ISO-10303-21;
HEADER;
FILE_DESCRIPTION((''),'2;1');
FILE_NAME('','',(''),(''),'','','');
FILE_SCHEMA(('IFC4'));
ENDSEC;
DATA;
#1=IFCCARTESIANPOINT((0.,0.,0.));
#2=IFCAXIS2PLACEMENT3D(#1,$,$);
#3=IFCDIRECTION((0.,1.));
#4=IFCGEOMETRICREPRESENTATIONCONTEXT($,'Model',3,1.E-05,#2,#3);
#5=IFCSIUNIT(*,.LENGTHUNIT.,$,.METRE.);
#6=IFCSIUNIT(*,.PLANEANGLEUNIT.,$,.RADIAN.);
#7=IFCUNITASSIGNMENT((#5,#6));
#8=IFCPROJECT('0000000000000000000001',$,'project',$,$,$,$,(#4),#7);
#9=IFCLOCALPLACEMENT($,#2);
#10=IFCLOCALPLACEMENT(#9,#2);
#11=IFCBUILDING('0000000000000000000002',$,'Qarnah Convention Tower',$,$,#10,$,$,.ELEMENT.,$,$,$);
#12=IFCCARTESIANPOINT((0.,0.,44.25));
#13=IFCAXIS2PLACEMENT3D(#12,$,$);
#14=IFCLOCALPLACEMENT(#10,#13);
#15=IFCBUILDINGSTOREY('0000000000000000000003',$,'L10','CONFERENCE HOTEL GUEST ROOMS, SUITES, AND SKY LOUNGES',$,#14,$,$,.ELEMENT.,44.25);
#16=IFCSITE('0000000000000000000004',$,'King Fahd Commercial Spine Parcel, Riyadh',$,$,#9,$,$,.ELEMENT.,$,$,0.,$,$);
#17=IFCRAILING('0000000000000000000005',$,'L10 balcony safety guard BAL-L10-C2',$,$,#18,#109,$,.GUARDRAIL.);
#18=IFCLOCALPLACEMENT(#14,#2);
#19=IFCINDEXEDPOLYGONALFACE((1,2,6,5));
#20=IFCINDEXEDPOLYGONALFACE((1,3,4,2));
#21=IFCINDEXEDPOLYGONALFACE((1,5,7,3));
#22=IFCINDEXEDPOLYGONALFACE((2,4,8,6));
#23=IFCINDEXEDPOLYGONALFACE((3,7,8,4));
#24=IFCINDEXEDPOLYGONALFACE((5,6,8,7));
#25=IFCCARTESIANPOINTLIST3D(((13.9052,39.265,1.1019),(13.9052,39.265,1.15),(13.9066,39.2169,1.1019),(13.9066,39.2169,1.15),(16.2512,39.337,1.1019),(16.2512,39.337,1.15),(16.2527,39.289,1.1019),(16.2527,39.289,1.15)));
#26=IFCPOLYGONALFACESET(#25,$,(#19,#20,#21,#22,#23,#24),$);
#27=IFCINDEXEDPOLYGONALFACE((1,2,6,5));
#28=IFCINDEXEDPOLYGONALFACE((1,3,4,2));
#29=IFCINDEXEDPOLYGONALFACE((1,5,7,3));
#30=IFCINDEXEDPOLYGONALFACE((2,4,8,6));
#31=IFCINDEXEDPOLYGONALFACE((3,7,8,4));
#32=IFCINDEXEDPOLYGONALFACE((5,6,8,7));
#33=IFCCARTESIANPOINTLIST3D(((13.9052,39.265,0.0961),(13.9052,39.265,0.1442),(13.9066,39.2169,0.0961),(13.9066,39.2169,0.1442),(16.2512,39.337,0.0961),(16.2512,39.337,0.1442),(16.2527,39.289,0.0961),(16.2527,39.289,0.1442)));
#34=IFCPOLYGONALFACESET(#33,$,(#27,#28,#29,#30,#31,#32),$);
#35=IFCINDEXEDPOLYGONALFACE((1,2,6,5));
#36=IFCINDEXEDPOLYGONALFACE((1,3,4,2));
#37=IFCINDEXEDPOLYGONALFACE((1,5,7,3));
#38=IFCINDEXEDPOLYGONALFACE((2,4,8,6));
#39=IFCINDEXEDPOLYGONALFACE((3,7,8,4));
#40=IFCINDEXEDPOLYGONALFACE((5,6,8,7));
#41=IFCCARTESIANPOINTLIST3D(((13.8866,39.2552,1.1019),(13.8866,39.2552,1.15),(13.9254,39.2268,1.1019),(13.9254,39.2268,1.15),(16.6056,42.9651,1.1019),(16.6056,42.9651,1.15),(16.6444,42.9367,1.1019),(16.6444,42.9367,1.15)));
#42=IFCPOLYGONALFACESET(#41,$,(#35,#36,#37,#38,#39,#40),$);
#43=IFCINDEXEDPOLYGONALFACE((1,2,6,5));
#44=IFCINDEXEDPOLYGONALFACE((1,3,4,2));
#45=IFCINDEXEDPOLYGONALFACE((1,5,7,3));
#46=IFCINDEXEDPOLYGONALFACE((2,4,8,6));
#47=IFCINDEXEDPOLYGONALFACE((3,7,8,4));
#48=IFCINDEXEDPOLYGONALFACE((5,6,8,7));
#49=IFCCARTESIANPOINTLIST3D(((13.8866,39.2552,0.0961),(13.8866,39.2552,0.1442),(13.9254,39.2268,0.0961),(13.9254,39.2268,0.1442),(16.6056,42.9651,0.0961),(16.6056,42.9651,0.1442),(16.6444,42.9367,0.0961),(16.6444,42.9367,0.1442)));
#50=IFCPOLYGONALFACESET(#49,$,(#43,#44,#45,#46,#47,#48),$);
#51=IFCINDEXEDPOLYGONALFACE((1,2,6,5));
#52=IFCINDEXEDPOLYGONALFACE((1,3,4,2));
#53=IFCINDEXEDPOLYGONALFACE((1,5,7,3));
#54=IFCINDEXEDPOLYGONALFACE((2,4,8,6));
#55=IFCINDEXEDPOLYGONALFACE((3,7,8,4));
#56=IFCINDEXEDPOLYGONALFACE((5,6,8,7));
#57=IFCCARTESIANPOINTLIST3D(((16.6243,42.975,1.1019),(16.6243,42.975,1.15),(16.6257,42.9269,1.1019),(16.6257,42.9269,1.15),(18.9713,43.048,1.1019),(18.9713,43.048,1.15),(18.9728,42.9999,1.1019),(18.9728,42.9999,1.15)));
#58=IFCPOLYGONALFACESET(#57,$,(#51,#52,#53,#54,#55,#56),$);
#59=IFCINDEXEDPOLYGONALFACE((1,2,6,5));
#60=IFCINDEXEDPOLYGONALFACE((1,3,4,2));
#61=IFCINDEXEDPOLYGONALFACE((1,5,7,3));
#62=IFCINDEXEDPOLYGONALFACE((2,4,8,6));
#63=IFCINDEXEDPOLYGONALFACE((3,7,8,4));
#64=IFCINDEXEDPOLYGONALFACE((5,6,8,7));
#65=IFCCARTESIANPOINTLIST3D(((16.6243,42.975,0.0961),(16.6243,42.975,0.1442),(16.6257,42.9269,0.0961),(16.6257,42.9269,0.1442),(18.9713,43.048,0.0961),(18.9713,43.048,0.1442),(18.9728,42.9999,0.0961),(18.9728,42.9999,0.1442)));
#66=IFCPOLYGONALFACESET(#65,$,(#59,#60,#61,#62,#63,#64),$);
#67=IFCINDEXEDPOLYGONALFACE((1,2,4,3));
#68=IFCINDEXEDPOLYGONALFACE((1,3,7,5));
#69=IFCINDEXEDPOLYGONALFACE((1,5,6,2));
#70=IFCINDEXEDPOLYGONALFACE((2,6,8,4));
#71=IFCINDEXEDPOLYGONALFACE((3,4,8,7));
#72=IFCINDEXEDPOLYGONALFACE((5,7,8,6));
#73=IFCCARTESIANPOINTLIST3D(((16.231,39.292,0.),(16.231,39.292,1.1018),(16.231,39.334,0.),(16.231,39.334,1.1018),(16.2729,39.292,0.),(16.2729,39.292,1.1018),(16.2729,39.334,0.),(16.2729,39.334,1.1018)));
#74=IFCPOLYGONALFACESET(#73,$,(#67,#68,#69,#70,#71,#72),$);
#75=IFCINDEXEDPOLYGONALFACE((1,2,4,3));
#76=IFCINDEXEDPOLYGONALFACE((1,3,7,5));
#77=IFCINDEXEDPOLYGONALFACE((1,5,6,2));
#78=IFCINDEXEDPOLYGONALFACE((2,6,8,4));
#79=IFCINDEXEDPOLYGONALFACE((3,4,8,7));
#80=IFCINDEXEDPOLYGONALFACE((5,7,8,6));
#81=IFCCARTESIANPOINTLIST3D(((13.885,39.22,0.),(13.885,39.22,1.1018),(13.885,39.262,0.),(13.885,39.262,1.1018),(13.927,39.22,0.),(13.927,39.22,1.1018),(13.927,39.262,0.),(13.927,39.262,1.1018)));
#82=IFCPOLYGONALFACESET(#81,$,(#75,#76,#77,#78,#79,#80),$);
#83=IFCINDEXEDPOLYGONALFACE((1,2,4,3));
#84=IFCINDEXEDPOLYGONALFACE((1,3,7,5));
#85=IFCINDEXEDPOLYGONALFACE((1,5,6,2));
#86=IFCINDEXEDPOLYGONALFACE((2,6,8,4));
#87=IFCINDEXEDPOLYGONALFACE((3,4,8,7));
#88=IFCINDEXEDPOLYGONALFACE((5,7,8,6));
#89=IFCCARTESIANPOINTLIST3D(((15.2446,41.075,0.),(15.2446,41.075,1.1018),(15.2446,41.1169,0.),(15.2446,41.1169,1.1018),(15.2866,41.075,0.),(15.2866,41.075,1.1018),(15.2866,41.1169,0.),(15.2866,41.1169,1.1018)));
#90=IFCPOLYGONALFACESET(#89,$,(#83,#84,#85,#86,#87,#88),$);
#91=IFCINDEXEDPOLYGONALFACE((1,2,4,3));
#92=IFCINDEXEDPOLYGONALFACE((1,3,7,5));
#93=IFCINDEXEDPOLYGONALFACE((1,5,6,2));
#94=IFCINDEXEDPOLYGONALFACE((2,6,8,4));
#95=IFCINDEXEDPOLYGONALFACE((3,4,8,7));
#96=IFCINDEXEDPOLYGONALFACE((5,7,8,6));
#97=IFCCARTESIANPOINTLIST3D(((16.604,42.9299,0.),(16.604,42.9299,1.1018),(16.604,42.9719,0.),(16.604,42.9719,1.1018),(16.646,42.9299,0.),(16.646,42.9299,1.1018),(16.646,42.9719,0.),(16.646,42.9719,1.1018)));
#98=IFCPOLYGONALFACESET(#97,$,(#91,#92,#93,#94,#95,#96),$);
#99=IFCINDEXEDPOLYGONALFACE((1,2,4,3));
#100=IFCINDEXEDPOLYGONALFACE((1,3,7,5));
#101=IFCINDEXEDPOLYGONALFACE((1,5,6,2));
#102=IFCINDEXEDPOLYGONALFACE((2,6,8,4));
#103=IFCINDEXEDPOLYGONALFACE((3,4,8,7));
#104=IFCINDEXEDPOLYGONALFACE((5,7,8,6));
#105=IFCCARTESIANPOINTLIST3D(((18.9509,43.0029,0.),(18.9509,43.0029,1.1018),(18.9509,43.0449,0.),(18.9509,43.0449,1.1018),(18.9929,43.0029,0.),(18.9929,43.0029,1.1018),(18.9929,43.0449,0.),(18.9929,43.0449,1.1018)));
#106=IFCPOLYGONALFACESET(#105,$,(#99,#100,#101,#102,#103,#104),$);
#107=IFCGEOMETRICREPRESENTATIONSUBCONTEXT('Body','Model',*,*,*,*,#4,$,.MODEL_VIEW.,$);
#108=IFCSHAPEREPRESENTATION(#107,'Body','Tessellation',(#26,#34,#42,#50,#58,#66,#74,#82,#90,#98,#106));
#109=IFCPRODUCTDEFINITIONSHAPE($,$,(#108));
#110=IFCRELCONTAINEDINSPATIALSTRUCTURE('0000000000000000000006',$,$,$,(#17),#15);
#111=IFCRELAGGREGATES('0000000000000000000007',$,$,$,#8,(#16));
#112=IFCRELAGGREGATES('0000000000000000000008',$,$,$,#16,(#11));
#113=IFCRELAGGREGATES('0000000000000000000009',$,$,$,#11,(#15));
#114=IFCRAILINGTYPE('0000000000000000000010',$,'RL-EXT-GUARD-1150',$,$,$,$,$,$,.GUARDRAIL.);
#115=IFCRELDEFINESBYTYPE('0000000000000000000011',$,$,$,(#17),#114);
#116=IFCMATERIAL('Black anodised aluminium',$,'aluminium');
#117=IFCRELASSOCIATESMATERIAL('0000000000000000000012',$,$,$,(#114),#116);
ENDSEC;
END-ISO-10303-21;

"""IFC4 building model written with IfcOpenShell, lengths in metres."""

from ifc_helpers import new_model, si_unit, direction, frame, origin, origin_2d, place, context, subcontext, project, spatial, rectangle, extrude, material, type_object, element, save


model = new_model("IFC4")

# Units and contexts
model_context = context("Model", 3, precision=1e-05, world=origin(), true_north=direction((0.0, 1.0)))
body_context = subcontext(model_context, "Body", "Model", "MODEL_VIEW")
ifc_project = project(units=[si_unit("LENGTHUNIT", "METRE"), si_unit("PLANEANGLEUNIT", "RADIAN")], contexts=[model_context])

# Site, building, storey
site_placement = place(None, origin())
site = spatial("IfcSite", under=ifc_project, at=site_placement, Name="King Fahd Commercial Spine Parcel, Riyadh", CompositionType="ELEMENT", RefElevation=0.0)
building_placement = place(site_placement, origin())
building = spatial("IfcBuilding", under=site, at=building_placement, Name="Qarnah Convention Tower", CompositionType="ELEMENT")
storey_placement = place(building_placement, frame((0.0, 0.0, 44.25)))
storey = spatial("IfcBuildingStorey", under=building, at=storey_placement, Name="L10", Description="CONFERENCE HOTEL GUEST ROOMS, SUITES, AND SKY LOUNGES", CompositionType="ELEMENT", Elevation=44.25)

# Shared definitions
ifc_material_1 = material(Name="Black anodised aluminium", Category="aluminium")

# Railing
railing_type = type_object("IfcRailingType", Name="RL-EXT-GUARD-1150", PredefinedType="GUARDRAIL", material=ifc_material_1)
railing_1_placement = place(storey_placement, frame((16.252, 39.313, 0.0)))
element("IfcRailing", 1, at=railing_1_placement, inside=storey, type_object=railing_type, Name="L10 balcony safety guard BAL-L10-C2", PredefinedType="GUARDRAIL", context=body_context, shape_type="SweptSolid", body=[
    extrude(rectangle(XDim=0.0481, YDim=0.0481, at=origin_2d()), frame((0.0, 0.0, 1.126), z_axis=(-0.999529, -0.030686, 0.0), x_axis=(0.030686, -0.999529, 0.0)), (0.0, 0.0, 1.0), 2.3472),
    extrude(rectangle(XDim=0.0481, YDim=0.0481, at=origin_2d()), frame((0.0, 0.0, 0.1201), z_axis=(-0.999529, -0.030686, 0.0), x_axis=(0.030686, -0.999529, 0.0)), (0.0, 0.0, 1.0), 2.3472),
    extrude(rectangle(XDim=0.0481, YDim=0.0481, at=origin_2d()), frame((-2.3459, -0.072, 1.126), z_axis=(0.591131, 0.806575, 0.0), x_axis=(-0.806575, 0.591131, 0.0)), (0.0, 0.0, 1.0), 4.5996),
    extrude(rectangle(XDim=0.0481, YDim=0.0481, at=origin_2d()), frame((-2.3459, -0.072, 0.1201), z_axis=(0.591131, 0.806575, 0.0), x_axis=(-0.806575, 0.591131, 0.0)), (0.0, 0.0, 1.0), 4.5996),
    extrude(rectangle(XDim=0.0481, YDim=0.0481, at=origin_2d()), frame((0.373, 3.6379, 1.126), z_axis=(0.999517, 0.031089, 0.0), x_axis=(-0.031089, 0.999517, 0.0)), (0.0, 0.0, 1.0), 2.3481),
    extrude(rectangle(XDim=0.0481, YDim=0.0481, at=origin_2d()), frame((0.373, 3.6379, 0.1201), z_axis=(0.999517, 0.031089, 0.0), x_axis=(-0.031089, 0.999517, 0.0)), (0.0, 0.0, 1.0), 2.3481),
    extrude(rectangle(XDim=0.042, YDim=0.042, at=origin_2d()), origin(), (0.0, 0.0, 1.0), 1.1018),
    extrude(rectangle(XDim=0.042, YDim=0.042, at=origin_2d()), frame((-2.3459, -0.072, 0.0)), (0.0, 0.0, 1.0), 1.1018),
    extrude(rectangle(XDim=0.042, YDim=0.042, at=origin_2d()), frame((-0.9863, 1.783, 0.0)), (0.0, 0.0, 1.0), 1.1018),
    extrude(rectangle(XDim=0.042, YDim=0.042, at=origin_2d()), frame((0.373, 3.6379, 0.0)), (0.0, 0.0, 1.0), 1.1018),
    extrude(rectangle(XDim=0.042, YDim=0.042, at=origin_2d()), frame((2.72, 3.7109, 0.0)), (0.0, 0.0, 1.0), 1.1018),
])

save(model, "model.ifc")
